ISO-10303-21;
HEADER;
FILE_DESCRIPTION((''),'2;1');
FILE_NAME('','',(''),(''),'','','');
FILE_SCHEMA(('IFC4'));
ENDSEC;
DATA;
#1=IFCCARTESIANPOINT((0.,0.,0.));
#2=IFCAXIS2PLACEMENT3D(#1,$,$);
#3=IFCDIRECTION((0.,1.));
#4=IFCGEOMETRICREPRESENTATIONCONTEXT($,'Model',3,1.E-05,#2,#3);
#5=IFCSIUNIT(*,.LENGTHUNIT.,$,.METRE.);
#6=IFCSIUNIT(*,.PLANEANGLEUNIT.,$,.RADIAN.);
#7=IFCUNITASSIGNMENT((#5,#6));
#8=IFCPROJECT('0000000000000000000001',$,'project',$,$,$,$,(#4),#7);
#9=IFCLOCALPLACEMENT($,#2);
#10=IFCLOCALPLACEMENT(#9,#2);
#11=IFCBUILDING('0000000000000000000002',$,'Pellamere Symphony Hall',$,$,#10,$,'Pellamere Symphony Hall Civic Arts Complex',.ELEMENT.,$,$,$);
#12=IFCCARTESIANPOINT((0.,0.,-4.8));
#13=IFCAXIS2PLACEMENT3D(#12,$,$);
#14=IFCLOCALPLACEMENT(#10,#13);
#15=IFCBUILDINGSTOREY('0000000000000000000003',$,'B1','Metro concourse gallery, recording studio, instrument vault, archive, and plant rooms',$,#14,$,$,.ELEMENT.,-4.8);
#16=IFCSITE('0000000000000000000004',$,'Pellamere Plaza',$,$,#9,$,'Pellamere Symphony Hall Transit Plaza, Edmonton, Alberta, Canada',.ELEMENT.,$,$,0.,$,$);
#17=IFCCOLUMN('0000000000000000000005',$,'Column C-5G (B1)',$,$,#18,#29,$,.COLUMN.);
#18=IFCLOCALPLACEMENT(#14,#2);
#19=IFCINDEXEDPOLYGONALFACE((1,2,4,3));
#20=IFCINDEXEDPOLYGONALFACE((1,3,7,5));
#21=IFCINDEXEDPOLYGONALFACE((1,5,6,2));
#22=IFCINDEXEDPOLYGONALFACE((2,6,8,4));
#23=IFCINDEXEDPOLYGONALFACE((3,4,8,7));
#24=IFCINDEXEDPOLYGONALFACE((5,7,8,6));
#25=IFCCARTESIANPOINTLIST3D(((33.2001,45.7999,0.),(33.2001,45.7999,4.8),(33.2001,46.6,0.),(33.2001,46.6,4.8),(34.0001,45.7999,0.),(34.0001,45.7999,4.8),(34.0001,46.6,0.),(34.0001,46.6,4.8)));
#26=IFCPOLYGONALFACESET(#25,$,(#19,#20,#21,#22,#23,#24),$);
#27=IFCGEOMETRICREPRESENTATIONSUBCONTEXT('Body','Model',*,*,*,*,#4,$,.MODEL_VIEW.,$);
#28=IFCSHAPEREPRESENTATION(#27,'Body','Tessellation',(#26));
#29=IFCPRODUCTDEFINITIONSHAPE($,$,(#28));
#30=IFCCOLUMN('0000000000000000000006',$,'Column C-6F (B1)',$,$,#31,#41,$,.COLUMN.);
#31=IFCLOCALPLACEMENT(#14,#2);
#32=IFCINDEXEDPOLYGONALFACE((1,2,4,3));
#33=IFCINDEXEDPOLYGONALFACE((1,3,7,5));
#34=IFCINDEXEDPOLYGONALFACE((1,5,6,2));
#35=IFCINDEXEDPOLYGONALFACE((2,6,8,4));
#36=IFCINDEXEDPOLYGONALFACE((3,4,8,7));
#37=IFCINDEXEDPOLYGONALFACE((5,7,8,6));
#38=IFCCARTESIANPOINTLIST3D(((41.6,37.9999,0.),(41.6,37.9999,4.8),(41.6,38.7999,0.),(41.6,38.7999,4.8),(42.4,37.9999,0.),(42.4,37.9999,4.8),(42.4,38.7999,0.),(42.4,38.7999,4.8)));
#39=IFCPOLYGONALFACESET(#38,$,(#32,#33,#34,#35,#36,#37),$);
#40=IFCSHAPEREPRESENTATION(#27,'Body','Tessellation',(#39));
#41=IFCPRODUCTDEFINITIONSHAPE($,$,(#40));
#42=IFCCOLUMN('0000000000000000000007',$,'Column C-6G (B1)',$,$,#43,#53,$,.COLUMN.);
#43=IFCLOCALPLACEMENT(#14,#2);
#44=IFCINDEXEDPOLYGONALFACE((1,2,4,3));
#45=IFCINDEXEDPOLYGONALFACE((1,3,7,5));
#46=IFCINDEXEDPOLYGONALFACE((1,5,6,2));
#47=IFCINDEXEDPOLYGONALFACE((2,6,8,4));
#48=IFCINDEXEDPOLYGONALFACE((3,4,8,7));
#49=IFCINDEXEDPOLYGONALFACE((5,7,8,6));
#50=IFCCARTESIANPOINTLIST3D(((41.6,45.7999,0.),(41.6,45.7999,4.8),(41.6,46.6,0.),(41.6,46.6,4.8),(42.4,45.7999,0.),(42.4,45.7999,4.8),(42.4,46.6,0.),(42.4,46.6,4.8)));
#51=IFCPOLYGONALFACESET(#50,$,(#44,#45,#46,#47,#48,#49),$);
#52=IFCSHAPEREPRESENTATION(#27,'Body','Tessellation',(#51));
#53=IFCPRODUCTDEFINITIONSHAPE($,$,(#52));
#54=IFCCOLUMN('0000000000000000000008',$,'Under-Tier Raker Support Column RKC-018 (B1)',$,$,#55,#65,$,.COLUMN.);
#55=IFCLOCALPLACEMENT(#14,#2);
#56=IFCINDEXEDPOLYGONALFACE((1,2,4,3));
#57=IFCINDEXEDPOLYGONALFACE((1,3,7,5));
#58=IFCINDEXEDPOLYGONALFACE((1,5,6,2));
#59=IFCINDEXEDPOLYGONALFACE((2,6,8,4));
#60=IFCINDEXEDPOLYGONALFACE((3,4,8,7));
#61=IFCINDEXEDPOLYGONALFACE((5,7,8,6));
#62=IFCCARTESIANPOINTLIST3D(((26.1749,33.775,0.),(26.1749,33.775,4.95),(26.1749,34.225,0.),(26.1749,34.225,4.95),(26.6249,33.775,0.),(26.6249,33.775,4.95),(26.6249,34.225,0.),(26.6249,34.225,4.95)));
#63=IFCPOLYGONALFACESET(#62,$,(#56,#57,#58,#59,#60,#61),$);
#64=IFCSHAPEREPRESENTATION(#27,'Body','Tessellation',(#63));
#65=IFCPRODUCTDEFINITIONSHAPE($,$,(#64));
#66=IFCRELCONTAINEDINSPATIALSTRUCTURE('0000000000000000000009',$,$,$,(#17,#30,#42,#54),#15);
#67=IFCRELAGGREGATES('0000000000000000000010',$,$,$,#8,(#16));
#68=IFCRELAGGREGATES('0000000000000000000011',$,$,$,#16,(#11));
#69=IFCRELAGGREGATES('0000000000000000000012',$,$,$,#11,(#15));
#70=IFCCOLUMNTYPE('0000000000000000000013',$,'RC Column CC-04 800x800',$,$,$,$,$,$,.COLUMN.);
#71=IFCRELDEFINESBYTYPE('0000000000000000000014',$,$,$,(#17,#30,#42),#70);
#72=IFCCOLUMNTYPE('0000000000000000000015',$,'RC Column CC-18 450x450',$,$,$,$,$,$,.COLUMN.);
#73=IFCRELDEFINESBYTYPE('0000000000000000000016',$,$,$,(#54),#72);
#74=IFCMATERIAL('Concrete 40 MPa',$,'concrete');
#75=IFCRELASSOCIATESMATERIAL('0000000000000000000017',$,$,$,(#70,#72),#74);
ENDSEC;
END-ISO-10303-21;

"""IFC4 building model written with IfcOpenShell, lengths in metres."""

from ifc_helpers import new_model, si_unit, direction, frame, origin, origin_2d, place, context, subcontext, project, spatial, rectangle, extrude, material, material_profile, profile_set, type_object, element, save


model = new_model("IFC4")

# Units and contexts
model_context = context("Model", 3, precision=1e-05, world=origin(), true_north=direction((0.0, 1.0)))
body_context = subcontext(model_context, "Body", "Model", "MODEL_VIEW")
ifc_project = project(units=[si_unit("LENGTHUNIT", "METRE"), si_unit("PLANEANGLEUNIT", "RADIAN")], contexts=[model_context])

# Site, building, storey
site_placement = place(None, origin())
site = spatial("IfcSite", under=ifc_project, at=site_placement, Name="Pellamere Plaza", LongName="Pellamere Symphony Hall Transit Plaza, Edmonton, Alberta, Canada", CompositionType="ELEMENT", RefElevation=0.0)
building_placement = place(site_placement, origin())
building = spatial("IfcBuilding", under=site, at=building_placement, Name="Pellamere Symphony Hall", LongName="Pellamere Symphony Hall Civic Arts Complex", CompositionType="ELEMENT")
storey_placement = place(building_placement, frame((0.0, 0.0, -4.8)))
storey = spatial("IfcBuildingStorey", under=building, at=storey_placement, Name="B1", Description="Metro concourse gallery, recording studio, instrument vault, archive, and plant rooms", CompositionType="ELEMENT", Elevation=-4.8)

# Shared definitions
ifc_material_1 = material(Name="Concrete 40 MPa", Category="concrete")

# Columns
ifc_material_profile_1 = material_profile(ifc_material_1, rectangle(XDim=0.8, YDim=0.8, at=origin_2d()), Name="RC 800x800")
ifc_profile_set_1 = profile_set([ifc_material_profile_1], Name="Concrete 40 MPa")
column_type_1 = type_object("IfcColumnType", Name="RC Column CC-04 800x800", PredefinedType="COLUMN", material=ifc_profile_set_1)
for number, where, z_axis, x_axis, name in (
    (1, (33.6001, 46.2, 0.0), (0.0, 0.0, 1.0), (1.0, 0.0, 0.0), "Column C-5G (B1)"),
    (2, (42.0, 38.3999, 0.0), (0.0, 0.0, 1.0), (1.0, 0.0, 0.0), "Column C-6F (B1)"),
    (3, (42.0, 46.2, 0.0), (0.0, 0.0, 1.0), (1.0, 0.0, 0.0), "Column C-6G (B1)"),
):
    element("IfcColumn", number, at=place(storey_placement, frame(where, z_axis=z_axis, x_axis=x_axis)), inside=storey, type_object=column_type_1, Name=name, PredefinedType="COLUMN", context=body_context, shape_type="SweptSolid", body=[
        extrude(rectangle(XDim=0.8, YDim=0.8, at=origin_2d()), origin(), (0.0, 0.0, 1.0), 4.8),
    ])
ifc_material_profile_2 = material_profile(ifc_material_1, rectangle(XDim=0.45, YDim=0.45, at=origin_2d()), Name="RC 450x450")
ifc_profile_set_2 = profile_set([ifc_material_profile_2], Name="Concrete 40 MPa")
column_type_2 = type_object("IfcColumnType", Name="RC Column CC-18 450x450", PredefinedType="COLUMN", material=ifc_profile_set_2)
column_placement = place(storey_placement, frame((26.3999, 34.0, 0.0), z_axis=(0.0, 0.0, 1.0), x_axis=(1.0, 0.0, 0.0)))
element("IfcColumn", 4, at=column_placement, inside=storey, type_object=column_type_2, Name="Under-Tier Raker Support Column RKC-018 (B1)", PredefinedType="COLUMN", context=body_context, shape_type="SweptSolid", body=[
    extrude(rectangle(XDim=0.45, YDim=0.45, at=origin_2d()), origin(), (0.0, 0.0, 1.0), 4.95),
])

save(model, "model.ifc")
